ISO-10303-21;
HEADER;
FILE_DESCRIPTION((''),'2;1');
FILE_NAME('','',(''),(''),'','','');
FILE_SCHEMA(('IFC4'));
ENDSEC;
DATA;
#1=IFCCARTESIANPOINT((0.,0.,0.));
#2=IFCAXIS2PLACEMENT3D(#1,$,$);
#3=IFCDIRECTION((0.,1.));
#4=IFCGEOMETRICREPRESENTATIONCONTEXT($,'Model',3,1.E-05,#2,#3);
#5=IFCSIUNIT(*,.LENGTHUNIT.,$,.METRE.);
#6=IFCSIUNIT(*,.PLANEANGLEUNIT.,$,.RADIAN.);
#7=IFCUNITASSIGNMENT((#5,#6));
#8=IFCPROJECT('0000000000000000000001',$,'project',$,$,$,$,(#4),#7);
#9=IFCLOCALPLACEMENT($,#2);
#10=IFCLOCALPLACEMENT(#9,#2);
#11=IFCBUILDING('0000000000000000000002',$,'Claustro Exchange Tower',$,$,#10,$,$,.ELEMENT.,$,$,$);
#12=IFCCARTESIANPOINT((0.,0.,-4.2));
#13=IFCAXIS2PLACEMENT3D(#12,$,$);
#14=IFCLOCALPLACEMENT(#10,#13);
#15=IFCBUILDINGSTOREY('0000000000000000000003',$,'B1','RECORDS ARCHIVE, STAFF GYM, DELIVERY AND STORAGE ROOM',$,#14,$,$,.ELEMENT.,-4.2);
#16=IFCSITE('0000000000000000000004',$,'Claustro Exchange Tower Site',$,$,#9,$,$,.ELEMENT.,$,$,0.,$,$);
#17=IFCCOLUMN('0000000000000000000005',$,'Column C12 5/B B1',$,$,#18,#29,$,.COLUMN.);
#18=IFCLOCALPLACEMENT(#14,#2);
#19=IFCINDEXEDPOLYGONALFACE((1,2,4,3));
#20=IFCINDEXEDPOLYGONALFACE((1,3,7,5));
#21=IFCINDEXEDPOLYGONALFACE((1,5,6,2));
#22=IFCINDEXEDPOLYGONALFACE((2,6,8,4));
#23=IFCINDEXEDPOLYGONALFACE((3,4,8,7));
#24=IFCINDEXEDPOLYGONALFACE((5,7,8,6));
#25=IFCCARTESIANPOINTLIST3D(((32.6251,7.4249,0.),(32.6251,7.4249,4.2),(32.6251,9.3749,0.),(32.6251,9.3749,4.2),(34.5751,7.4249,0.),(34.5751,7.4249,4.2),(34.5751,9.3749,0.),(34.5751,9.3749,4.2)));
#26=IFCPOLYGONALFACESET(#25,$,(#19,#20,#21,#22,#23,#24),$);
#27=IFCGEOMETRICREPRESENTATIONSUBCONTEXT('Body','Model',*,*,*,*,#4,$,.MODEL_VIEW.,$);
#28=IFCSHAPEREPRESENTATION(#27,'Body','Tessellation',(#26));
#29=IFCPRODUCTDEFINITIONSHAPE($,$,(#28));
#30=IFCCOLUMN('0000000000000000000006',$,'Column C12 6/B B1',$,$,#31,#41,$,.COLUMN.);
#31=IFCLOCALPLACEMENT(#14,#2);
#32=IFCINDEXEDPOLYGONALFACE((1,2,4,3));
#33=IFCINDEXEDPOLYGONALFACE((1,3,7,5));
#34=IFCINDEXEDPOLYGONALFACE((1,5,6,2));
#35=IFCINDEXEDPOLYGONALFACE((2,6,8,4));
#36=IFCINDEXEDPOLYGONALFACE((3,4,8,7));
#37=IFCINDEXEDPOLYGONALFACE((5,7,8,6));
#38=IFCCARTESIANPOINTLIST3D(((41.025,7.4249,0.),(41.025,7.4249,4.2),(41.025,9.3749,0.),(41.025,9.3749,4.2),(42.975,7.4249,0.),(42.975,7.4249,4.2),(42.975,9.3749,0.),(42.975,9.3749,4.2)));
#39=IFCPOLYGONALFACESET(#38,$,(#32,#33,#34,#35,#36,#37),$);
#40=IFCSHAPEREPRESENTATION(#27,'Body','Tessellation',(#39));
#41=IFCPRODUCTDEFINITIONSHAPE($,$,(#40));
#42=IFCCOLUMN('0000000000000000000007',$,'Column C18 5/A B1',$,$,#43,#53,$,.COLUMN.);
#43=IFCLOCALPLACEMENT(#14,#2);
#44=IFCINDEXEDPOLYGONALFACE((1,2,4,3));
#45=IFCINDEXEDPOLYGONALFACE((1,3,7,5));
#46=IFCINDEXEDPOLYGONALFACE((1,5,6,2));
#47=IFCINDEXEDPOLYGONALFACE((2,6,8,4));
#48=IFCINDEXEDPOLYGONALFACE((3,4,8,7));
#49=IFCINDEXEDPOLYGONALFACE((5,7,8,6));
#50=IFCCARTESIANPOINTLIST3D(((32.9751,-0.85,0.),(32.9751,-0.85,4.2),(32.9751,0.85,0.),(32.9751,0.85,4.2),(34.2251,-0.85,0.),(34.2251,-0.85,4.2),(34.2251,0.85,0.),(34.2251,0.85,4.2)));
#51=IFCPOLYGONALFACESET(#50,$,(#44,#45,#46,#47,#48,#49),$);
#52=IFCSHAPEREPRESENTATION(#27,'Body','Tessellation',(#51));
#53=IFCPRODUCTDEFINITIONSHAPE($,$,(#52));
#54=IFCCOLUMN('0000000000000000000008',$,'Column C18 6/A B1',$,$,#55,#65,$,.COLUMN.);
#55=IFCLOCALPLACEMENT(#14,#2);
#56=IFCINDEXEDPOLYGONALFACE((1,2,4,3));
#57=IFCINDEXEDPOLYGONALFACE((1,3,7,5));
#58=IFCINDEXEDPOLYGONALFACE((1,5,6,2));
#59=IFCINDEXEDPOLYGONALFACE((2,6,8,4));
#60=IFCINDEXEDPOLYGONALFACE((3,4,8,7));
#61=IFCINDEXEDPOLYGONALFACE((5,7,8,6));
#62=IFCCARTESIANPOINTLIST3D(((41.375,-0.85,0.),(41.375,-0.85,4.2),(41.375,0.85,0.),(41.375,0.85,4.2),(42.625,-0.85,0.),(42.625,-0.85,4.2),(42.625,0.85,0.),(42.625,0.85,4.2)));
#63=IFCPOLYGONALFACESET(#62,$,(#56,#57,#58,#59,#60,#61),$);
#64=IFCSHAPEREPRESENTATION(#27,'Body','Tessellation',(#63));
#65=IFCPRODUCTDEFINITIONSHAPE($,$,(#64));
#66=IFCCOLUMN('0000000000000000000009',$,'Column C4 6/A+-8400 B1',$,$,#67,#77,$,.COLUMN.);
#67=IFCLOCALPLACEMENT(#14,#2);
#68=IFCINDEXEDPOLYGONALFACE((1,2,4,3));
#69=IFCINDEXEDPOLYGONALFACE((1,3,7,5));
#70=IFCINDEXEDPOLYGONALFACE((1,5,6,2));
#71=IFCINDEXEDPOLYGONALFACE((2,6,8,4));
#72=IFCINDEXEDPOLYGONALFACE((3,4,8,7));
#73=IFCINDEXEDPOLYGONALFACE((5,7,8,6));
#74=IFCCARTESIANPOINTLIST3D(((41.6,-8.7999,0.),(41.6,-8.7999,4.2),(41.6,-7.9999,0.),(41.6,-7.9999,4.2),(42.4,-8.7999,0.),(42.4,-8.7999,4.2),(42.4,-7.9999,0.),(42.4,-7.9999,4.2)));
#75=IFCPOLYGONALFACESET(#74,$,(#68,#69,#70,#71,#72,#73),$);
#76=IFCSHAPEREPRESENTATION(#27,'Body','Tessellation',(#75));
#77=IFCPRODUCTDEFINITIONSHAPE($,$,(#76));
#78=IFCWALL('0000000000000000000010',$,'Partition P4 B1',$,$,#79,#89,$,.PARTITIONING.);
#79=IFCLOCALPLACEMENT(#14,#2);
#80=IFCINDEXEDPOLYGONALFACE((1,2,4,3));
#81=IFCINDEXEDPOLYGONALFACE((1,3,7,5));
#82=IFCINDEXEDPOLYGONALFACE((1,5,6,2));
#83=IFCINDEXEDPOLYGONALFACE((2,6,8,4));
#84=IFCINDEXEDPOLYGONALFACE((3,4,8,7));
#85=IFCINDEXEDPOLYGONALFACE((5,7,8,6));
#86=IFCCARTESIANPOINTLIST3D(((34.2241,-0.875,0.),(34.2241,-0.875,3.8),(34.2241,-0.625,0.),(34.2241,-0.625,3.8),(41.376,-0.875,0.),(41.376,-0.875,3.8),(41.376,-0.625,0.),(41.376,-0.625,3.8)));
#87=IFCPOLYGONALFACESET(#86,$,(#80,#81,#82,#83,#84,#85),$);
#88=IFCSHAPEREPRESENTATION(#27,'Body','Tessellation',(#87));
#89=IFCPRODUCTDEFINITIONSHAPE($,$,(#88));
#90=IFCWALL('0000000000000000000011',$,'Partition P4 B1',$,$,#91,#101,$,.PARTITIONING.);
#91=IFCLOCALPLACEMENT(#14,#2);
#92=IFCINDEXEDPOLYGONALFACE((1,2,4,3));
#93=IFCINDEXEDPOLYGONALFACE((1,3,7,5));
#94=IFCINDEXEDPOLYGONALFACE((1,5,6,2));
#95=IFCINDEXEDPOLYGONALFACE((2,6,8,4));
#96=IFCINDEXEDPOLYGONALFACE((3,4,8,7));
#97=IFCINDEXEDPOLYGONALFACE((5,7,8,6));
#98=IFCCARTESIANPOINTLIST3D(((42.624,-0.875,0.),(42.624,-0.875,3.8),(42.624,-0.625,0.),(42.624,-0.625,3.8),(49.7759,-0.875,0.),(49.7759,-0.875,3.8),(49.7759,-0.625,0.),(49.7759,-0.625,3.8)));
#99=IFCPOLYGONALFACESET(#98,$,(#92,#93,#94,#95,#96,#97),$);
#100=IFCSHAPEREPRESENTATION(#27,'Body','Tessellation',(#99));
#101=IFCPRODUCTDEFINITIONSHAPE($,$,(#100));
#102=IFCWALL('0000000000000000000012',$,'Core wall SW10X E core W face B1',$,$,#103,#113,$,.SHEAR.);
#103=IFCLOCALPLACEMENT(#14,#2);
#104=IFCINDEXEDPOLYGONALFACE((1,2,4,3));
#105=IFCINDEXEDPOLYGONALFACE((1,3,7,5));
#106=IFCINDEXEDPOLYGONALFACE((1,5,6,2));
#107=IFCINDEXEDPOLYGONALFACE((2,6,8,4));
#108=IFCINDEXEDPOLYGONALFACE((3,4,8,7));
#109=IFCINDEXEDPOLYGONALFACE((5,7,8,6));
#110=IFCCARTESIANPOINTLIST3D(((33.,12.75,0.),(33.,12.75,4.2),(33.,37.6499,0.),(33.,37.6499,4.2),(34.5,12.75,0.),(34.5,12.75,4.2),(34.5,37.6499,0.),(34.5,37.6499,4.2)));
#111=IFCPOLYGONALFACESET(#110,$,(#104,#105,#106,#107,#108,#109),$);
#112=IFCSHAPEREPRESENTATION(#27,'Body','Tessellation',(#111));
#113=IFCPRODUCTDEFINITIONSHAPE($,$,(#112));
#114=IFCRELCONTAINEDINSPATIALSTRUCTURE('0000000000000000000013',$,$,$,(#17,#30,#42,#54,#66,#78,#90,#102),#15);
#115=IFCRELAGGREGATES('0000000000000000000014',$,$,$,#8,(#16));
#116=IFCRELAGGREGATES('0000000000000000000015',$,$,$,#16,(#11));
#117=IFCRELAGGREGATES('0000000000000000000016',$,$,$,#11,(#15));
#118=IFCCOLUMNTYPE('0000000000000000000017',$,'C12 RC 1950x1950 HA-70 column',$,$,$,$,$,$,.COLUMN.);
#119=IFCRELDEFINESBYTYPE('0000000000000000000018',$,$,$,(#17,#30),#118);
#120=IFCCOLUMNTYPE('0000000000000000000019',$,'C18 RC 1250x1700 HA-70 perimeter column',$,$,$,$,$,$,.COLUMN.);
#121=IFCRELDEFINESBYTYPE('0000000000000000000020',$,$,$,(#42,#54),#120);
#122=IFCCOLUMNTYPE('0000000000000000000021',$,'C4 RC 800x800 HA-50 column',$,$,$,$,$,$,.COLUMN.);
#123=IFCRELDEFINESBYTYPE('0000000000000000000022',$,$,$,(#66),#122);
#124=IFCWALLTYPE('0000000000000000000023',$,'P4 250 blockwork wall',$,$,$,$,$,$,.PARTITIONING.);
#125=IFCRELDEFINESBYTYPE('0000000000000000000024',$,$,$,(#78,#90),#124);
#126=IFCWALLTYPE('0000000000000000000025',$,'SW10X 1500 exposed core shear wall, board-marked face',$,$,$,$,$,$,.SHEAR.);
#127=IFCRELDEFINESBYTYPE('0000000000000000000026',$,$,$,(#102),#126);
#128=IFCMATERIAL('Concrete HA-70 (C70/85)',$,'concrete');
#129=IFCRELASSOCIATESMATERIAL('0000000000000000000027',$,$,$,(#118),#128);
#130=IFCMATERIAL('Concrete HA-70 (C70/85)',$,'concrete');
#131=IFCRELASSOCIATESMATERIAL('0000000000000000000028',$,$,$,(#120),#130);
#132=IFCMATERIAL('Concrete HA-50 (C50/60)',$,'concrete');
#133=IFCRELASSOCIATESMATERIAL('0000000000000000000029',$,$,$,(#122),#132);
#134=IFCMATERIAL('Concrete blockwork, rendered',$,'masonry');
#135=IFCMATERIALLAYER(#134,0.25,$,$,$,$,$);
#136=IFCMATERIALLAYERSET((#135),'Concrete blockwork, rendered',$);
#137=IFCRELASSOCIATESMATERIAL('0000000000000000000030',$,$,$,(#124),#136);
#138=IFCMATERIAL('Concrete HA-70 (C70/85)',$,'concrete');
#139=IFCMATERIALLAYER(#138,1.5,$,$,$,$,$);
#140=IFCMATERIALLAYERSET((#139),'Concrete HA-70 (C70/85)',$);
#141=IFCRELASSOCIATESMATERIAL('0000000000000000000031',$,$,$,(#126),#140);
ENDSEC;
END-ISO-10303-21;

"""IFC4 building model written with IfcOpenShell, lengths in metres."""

from ifc_helpers import new_model, si_unit, direction, frame, frame_2d, origin, origin_2d, place, context, subcontext, project, spatial, rectangle, extrude, material, layer, layer_set, material_profile, profile_set, type_object, element, save


model = new_model("IFC4")

# Units and contexts
model_context = context("Model", 3, precision=1e-05, world=origin(), true_north=direction((0.0, 1.0)))
body_context = subcontext(model_context, "Body", "Model", "MODEL_VIEW")
ifc_project = project(units=[si_unit("LENGTHUNIT", "METRE"), si_unit("PLANEANGLEUNIT", "RADIAN")], contexts=[model_context])

# Site, building, storey
site_placement = place(None, origin())
site = spatial("IfcSite", under=ifc_project, at=site_placement, Name="Claustro Exchange Tower Site", CompositionType="ELEMENT", RefElevation=0.0)
building_placement = place(site_placement, origin())
building = spatial("IfcBuilding", under=site, at=building_placement, Name="Claustro Exchange Tower", CompositionType="ELEMENT")
storey_placement = place(building_placement, frame((0.0, 0.0, -4.2)))
storey = spatial("IfcBuildingStorey", under=building, at=storey_placement, Name="B1", Description="RECORDS ARCHIVE, STAFF GYM, DELIVERY AND STORAGE ROOM", CompositionType="ELEMENT", Elevation=-4.2)

# Columns
ifc_material_1 = material(Name="Concrete HA-70 (C70/85)", Category="concrete")
ifc_material_profile_1 = material_profile(ifc_material_1, rectangle(XDim=1.95, YDim=1.95, at=origin_2d()), Name="RC 1950x1950")
ifc_profile_set_1 = profile_set([ifc_material_profile_1], Name="Concrete HA-70 (C70/85)")
column_type_1 = type_object("IfcColumnType", Name="C12 RC 1950x1950 HA-70 column", PredefinedType="COLUMN", material=ifc_profile_set_1)
for number, where, z_axis, x_axis, name in (
    (1, (33.6001, 8.3999, 0.0), (0.0, 0.0, 1.0), (1.0, 0.0, 0.0), "Column C12 5/B B1"),
    (2, (42.0, 8.3999, 0.0), (0.0, 0.0, 1.0), (1.0, 0.0, 0.0), "Column C12 6/B B1"),
):
    element("IfcColumn", number, at=place(storey_placement, frame(where, z_axis=z_axis, x_axis=x_axis)), inside=storey, type_object=column_type_1, Name=name, PredefinedType="COLUMN", context=body_context, shape_type="SweptSolid", body=[
        extrude(rectangle(XDim=1.95, YDim=1.95, at=origin_2d()), origin(), (0.0, 0.0, 1.0), 4.2),
    ])
ifc_material_2 = material(Name="Concrete HA-70 (C70/85)", Category="concrete")
ifc_material_profile_2 = material_profile(ifc_material_2, rectangle(XDim=1.25, YDim=1.7, at=origin_2d()), Name="RC 1250x1700")
ifc_profile_set_2 = profile_set([ifc_material_profile_2], Name="Concrete HA-70 (C70/85)")
column_type_2 = type_object("IfcColumnType", Name="C18 RC 1250x1700 HA-70 perimeter column", PredefinedType="COLUMN", material=ifc_profile_set_2)
for number, where, z_axis, x_axis, name in (
    (3, (33.6001, 0.0, 0.0), (0.0, 0.0, 1.0), (1.0, 0.0, 0.0), "Column C18 5/A B1"),
    (4, (42.0, 0.0, 0.0), (0.0, 0.0, 1.0), (1.0, 0.0, 0.0), "Column C18 6/A B1"),
):
    element("IfcColumn", number, at=place(storey_placement, frame(where, z_axis=z_axis, x_axis=x_axis)), inside=storey, type_object=column_type_2, Name=name, PredefinedType="COLUMN", context=body_context, shape_type="SweptSolid", body=[
        extrude(rectangle(XDim=1.25, YDim=1.7, at=origin_2d()), origin(), (0.0, 0.0, 1.0), 4.2),
    ])
ifc_material_3 = material(Name="Concrete HA-50 (C50/60)", Category="concrete")
ifc_material_profile_3 = material_profile(ifc_material_3, rectangle(XDim=0.8, YDim=0.8, at=origin_2d()), Name="RC 800x800")
ifc_profile_set_3 = profile_set([ifc_material_profile_3], Name="Concrete HA-50 (C50/60)")
column_type_3 = type_object("IfcColumnType", Name="C4 RC 800x800 HA-50 column", PredefinedType="COLUMN", material=ifc_profile_set_3)
column_placement = place(storey_placement, frame((42.0, -8.3999, 0.0), z_axis=(0.0, 0.0, 1.0), x_axis=(1.0, 0.0, 0.0)))
element("IfcColumn", 5, at=column_placement, inside=storey, type_object=column_type_3, Name="Column C4 6/A+-8400 B1", PredefinedType="COLUMN", context=body_context, shape_type="SweptSolid", body=[
    extrude(rectangle(XDim=0.8, YDim=0.8, at=origin_2d()), origin(), (0.0, 0.0, 1.0), 4.2),
])

# Walls
ifc_material_4 = material(Name="Concrete blockwork, rendered", Category="masonry")
ifc_layer_1 = layer(ifc_material_4, 0.25)
ifc_layer_set_1 = layer_set([ifc_layer_1], Name="Concrete blockwork, rendered")
wall_type_1 = type_object("IfcWallType", Name="P4 250 blockwork wall", PredefinedType="PARTITIONING", material=ifc_layer_set_1)
for number, where, z_axis, x_axis, name in (
    (6, (34.2241, -0.75, 0.0), (0.0, 0.0, 1.0), (1.0, 0.0, 0.0), "Partition P4 B1"),
    (7, (42.624, -0.75, 0.0), (0.0, 0.0, 1.0), (1.0, 0.0, 0.0), "Partition P4 B1"),
):
    element("IfcWall", number, at=place(storey_placement, frame(where, z_axis=z_axis, x_axis=x_axis)), inside=storey, type_object=wall_type_1, Name=name, PredefinedType="PARTITIONING", context=body_context, shape_type="SweptSolid", body=[
        extrude(rectangle(XDim=7.1519, YDim=0.25, at=frame_2d((3.5759, 0.0))), origin(), (0.0, 0.0, 1.0), 3.8),
    ])
ifc_material_5 = material(Name="Concrete HA-70 (C70/85)", Category="concrete")
ifc_layer_2 = layer(ifc_material_5, 1.5)
ifc_layer_set_2 = layer_set([ifc_layer_2], Name="Concrete HA-70 (C70/85)")
wall_type_2 = type_object("IfcWallType", Name="SW10X 1500 exposed core shear wall, board-marked face", PredefinedType="SHEAR", material=ifc_layer_set_2)
wall_1_placement = place(storey_placement, frame((33.75, 12.75, 0.0), z_axis=(0.0, 0.0, 1.0), x_axis=(0.0, 1.0, 0.0)))
element("IfcWall", 8, at=wall_1_placement, inside=storey, type_object=wall_type_2, Name="Core wall SW10X E core W face B1", PredefinedType="SHEAR", context=body_context, shape_type="SweptSolid", body=[
    extrude(rectangle(XDim=24.8999, YDim=1.5, at=frame_2d((12.45, 0.0))), origin(), (0.0, 0.0, 1.0), 4.2),
])

save(model, "model.ifc")
